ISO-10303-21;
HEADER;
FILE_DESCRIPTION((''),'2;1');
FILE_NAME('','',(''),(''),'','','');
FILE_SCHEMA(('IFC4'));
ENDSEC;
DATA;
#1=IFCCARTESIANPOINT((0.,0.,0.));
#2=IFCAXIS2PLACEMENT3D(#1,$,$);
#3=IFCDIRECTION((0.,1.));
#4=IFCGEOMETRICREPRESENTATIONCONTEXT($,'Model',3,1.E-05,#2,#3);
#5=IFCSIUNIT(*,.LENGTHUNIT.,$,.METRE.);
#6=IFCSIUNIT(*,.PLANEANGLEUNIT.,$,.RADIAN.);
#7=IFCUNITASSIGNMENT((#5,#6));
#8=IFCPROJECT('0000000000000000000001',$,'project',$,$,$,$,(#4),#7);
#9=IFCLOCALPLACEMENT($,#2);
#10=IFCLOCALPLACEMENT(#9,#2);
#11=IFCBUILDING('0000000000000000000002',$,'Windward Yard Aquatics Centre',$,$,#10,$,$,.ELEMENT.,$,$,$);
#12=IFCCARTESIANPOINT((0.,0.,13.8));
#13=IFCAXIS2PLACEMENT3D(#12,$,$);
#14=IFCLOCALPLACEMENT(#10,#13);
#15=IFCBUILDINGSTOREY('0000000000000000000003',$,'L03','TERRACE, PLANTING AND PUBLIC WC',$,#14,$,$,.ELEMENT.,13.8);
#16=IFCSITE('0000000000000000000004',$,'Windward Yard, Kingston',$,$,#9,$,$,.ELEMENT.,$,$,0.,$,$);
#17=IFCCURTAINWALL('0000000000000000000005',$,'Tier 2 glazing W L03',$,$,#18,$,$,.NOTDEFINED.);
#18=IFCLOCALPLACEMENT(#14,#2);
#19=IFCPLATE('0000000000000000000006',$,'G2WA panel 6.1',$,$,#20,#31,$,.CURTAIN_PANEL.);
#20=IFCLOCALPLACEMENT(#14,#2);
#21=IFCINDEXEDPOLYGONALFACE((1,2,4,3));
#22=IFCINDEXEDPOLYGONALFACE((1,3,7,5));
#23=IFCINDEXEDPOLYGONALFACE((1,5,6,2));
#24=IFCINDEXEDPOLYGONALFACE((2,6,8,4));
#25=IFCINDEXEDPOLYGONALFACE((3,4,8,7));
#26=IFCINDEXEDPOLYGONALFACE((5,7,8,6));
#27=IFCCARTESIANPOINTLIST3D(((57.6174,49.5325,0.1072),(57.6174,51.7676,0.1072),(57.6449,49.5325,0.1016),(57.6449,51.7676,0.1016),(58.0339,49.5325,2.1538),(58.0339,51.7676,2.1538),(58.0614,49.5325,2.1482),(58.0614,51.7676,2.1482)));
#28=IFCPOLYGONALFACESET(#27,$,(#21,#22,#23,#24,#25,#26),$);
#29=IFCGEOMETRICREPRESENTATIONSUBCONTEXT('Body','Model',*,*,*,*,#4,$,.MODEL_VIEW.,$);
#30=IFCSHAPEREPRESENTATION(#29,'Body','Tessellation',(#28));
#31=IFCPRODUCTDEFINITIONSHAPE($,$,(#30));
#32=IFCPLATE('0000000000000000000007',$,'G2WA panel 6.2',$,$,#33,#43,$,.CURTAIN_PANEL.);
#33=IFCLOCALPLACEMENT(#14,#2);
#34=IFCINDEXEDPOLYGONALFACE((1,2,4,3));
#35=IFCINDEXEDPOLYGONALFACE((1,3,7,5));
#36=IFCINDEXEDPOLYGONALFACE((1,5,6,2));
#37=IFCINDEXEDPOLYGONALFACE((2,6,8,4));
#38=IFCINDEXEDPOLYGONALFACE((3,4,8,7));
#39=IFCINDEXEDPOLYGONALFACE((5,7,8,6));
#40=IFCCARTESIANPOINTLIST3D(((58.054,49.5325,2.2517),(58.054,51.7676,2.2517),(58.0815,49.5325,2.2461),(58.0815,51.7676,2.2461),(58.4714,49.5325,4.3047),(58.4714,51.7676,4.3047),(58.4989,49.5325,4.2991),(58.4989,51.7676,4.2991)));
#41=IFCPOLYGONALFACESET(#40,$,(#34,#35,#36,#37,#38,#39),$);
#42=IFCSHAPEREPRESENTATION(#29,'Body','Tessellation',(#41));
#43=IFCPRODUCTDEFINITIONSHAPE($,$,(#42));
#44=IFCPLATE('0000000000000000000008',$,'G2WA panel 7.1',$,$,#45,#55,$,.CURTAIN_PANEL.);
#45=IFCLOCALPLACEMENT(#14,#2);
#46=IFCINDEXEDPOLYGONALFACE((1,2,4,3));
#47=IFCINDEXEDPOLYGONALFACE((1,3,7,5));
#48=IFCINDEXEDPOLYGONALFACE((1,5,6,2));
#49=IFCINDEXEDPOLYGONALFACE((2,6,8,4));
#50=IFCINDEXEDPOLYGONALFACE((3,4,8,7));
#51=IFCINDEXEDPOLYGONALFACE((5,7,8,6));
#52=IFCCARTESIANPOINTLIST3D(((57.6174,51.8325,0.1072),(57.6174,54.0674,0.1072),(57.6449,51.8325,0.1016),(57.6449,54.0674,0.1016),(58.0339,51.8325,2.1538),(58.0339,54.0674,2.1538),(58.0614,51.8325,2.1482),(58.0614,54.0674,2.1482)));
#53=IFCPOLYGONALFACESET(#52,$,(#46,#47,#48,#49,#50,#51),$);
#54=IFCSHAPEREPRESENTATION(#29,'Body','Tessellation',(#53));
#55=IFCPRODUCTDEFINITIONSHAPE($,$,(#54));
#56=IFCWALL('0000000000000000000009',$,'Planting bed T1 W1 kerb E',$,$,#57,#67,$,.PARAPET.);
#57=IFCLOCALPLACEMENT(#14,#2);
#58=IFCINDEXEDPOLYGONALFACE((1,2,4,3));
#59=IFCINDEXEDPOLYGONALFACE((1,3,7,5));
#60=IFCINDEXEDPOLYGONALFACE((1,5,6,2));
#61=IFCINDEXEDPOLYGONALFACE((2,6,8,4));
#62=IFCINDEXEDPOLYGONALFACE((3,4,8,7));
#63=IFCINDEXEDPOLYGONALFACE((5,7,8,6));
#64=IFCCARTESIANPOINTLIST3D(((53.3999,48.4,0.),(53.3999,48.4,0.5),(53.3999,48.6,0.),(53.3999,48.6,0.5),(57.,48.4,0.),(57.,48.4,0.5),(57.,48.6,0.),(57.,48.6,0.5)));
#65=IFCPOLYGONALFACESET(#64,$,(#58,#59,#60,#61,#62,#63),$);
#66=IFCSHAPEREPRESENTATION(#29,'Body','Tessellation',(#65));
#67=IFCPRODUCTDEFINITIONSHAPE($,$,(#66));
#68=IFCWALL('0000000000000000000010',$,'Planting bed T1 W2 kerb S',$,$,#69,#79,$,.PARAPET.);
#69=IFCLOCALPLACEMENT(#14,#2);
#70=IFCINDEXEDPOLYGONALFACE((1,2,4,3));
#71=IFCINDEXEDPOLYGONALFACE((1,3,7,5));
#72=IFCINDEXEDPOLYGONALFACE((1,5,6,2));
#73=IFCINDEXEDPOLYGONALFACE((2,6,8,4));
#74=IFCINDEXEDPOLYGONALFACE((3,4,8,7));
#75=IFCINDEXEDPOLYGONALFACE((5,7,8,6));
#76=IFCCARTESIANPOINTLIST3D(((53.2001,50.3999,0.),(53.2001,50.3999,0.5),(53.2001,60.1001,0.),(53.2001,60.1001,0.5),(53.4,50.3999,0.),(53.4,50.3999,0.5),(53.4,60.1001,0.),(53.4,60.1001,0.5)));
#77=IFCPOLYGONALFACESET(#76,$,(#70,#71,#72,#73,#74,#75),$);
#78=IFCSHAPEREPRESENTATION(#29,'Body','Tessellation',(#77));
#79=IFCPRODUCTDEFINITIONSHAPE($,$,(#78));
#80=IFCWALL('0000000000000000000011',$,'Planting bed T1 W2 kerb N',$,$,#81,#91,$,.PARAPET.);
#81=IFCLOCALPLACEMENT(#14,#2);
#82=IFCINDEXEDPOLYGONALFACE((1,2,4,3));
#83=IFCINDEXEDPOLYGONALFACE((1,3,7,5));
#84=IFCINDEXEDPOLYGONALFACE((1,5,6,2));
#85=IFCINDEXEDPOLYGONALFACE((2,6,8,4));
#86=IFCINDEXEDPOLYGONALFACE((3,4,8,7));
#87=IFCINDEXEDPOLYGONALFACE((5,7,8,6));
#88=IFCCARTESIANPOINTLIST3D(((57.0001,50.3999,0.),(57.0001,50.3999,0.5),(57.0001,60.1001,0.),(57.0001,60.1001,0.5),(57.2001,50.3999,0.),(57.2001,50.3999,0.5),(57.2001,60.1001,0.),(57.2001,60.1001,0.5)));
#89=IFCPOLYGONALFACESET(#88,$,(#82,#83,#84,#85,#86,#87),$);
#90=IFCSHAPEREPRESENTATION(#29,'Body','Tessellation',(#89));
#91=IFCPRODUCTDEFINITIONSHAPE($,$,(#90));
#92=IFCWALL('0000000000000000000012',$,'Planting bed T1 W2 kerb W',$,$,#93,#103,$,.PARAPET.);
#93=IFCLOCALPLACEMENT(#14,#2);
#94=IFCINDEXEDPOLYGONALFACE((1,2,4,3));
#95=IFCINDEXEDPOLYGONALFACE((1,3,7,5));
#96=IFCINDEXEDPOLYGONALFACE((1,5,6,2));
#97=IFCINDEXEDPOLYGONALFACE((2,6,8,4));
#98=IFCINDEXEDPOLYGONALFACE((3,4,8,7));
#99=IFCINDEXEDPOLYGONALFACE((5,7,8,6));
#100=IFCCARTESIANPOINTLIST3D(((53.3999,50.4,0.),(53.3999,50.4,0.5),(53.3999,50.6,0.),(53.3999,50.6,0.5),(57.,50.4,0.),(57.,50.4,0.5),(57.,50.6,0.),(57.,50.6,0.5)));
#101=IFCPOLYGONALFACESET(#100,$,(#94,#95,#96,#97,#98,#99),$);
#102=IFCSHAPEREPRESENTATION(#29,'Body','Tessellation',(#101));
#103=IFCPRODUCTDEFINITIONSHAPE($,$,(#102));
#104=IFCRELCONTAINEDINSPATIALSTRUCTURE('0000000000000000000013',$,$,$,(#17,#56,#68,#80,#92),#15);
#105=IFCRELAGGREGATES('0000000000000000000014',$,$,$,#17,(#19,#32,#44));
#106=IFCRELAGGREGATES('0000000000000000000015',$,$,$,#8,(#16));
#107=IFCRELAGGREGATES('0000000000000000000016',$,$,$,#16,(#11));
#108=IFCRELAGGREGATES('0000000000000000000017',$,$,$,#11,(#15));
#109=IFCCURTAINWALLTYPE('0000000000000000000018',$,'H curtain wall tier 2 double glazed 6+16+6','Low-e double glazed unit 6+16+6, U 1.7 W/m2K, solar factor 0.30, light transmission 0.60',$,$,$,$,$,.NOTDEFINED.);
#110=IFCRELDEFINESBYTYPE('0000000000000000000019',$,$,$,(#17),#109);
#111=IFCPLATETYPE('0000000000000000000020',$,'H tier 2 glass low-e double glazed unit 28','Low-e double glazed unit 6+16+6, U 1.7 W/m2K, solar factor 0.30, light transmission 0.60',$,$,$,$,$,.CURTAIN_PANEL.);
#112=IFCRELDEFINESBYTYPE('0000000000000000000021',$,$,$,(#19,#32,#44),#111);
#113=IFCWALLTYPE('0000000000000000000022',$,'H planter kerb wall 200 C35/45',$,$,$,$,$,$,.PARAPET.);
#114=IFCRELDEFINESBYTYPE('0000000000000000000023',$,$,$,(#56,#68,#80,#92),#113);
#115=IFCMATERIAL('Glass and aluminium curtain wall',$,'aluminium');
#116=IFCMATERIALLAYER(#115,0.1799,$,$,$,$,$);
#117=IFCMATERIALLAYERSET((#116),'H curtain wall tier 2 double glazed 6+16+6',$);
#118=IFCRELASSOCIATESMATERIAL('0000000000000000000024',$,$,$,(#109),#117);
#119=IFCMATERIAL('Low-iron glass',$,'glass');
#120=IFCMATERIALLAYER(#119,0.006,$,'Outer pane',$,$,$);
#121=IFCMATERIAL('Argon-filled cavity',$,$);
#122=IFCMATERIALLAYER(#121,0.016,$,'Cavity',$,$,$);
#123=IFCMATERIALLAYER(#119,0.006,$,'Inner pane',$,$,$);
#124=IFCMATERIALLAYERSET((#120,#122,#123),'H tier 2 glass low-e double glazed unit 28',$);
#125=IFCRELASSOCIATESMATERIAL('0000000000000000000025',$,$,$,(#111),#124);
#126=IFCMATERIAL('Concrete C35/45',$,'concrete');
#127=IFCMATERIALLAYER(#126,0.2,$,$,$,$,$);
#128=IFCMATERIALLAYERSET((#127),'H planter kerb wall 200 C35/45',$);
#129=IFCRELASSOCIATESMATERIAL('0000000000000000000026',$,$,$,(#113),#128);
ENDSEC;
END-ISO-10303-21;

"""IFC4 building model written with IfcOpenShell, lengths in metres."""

from ifc_helpers import new_model, si_unit, direction, frame, frame_2d, origin, place, context, subcontext, project, spatial, polyline, rectangle, outline, extrude, material, layer, layer_set, type_object, element, aggregate, save


model = new_model("IFC4")

# Units and contexts
model_context = context("Model", 3, precision=1e-05, world=origin(), true_north=direction((0.0, 1.0)))
body_context = subcontext(model_context, "Body", "Model", "MODEL_VIEW")
ifc_project = project(units=[si_unit("LENGTHUNIT", "METRE"), si_unit("PLANEANGLEUNIT", "RADIAN")], contexts=[model_context])

# Site, building, storey
site_placement = place(None, origin())
site = spatial("IfcSite", under=ifc_project, at=site_placement, Name="Windward Yard, Kingston", CompositionType="ELEMENT", RefElevation=0.0)
building_placement = place(site_placement, origin())
building = spatial("IfcBuilding", under=site, at=building_placement, Name="Windward Yard Aquatics Centre", CompositionType="ELEMENT")
storey_placement = place(building_placement, frame((0.0, 0.0, 13.8)))
storey = spatial("IfcBuildingStorey", under=building, at=storey_placement, Name="L03", Description="TERRACE, PLANTING AND PUBLIC WC", CompositionType="ELEMENT", Elevation=13.8)

# Curtain wall
ifc_material_1 = material(Name="Glass and aluminium curtain wall", Category="aluminium")
ifc_layer_1 = layer(ifc_material_1, 0.1799)
ifc_layer_set_1 = layer_set([ifc_layer_1], Name="H curtain wall tier 2 double glazed 6+16+6")
curtain_wall_type = type_object("IfcCurtainWallType", Name="H curtain wall tier 2 double glazed 6+16+6", Description="Low-e double glazed unit 6+16+6, U 1.7 W/m2K, solar factor 0.30, light transmission 0.60", PredefinedType="NOTDEFINED", material=ifc_layer_set_1)
curtain_wall_placement = place(storey_placement, origin())
curtain_wall = element("IfcCurtainWall", 1, at=curtain_wall_placement, inside=storey, type_object=curtain_wall_type, Name="Tier 2 glazing W L03", PredefinedType="NOTDEFINED")

# Plates
ifc_material_2 = material(Name="Low-iron glass", Category="glass")
ifc_layer_2 = layer(ifc_material_2, 0.006, Name="Outer pane")
ifc_material_3 = material(Name="Argon-filled cavity")
ifc_layer_3 = layer(ifc_material_3, 0.016, Name="Cavity")
ifc_layer_4 = layer(ifc_material_2, 0.006, Name="Inner pane")
ifc_layer_set_2 = layer_set([ifc_layer_2, ifc_layer_3, ifc_layer_4], Name="H tier 2 glass low-e double glazed unit 28")
plate_type = type_object("IfcPlateType", Name="H tier 2 glass low-e double glazed unit 28", Description="Low-e double glazed unit 6+16+6, U 1.7 W/m2K, solar factor 0.30, light transmission 0.60", PredefinedType="CURTAIN_PANEL", material=ifc_layer_set_2)
plate_1_placement = place(storey_placement, frame((57.6174, 49.5325, 0.1072), z_axis=(-0.979914, 0.0, 0.199419), x_axis=(0.0, 1.0, 0.0)))
plate_1 = element("IfcPlate", 2, at=plate_1_placement, type_object=plate_type, Name="G2WA panel 6.1", PredefinedType="CURTAIN_PANEL", context=body_context, shape_type="SweptSolid", body=[
    extrude(outline(polyline([(0.0, 0.0), (2.2351, 0.0), (2.2351, -2.0886), (0.0, -2.0886), (0.0, 0.0)])), origin(), (0.0, 0.0, -1.0), 0.0281),
])
plate_2_placement = place(storey_placement, frame((58.054, 49.5325, 2.2517), z_axis=(-0.979944, 0.0, 0.199275), x_axis=(0.0, 1.0, 0.0)))
plate_2 = element("IfcPlate", 3, at=plate_2_placement, type_object=plate_type, Name="G2WA panel 6.2", PredefinedType="CURTAIN_PANEL", context=body_context, shape_type="SweptSolid", body=[
    extrude(outline(polyline([(0.0, 0.0), (2.2351, 0.0), (2.2351, -2.095), (0.0, -2.095), (0.0, 0.0)])), origin(), (0.0, 0.0, -1.0), 0.0281),
])
plate_3_placement = place(storey_placement, frame((57.6174, 51.8325, 0.1072), z_axis=(-0.979914, 0.0, 0.199419), x_axis=(0.0, 1.0, 0.0)))
plate_3 = element("IfcPlate", 4, at=plate_3_placement, type_object=plate_type, Name="G2WA panel 7.1", PredefinedType="CURTAIN_PANEL", context=body_context, shape_type="SweptSolid", body=[
    extrude(outline(polyline([(0.0, 0.0), (2.2349, 0.0), (2.2349, -2.0886), (0.0, -2.0886), (0.0, 0.0)])), origin(), (0.0, 0.0, -1.0), 0.0281),
])
aggregate(curtain_wall, [plate_1, plate_2, plate_3])

# Walls
ifc_material_4 = material(Name="Concrete C35/45", Category="concrete")
ifc_layer_5 = layer(ifc_material_4, 0.2)
ifc_layer_set_3 = layer_set([ifc_layer_5], Name="H planter kerb wall 200 C35/45")
wall_type = type_object("IfcWallType", Name="H planter kerb wall 200 C35/45", PredefinedType="PARAPET", material=ifc_layer_set_3)
wall_1_placement = place(storey_placement, frame((53.3999, 48.5, 0.0), z_axis=(0.0, 0.0, 1.0), x_axis=(1.0, 0.0, 0.0)))
element("IfcWall", 5, at=wall_1_placement, inside=storey, type_object=wall_type, Name="Planting bed T1 W1 kerb E", PredefinedType="PARAPET", context=body_context, shape_type="SweptSolid", body=[
    extrude(rectangle(XDim=3.6001, YDim=0.2, at=frame_2d((1.8, 0.0))), origin(), (0.0, 0.0, 1.0), 0.5),
])
for number, where, z_axis, x_axis, name in (
    (6, (53.3, 50.3999, 0.0), (0.0, 0.0, 1.0), (0.0, 1.0, 0.0), "Planting bed T1 W2 kerb S"),
    (7, (57.1001, 50.3999, 0.0), (0.0, 0.0, 1.0), (0.0, 1.0, 0.0), "Planting bed T1 W2 kerb N"),
):
    element("IfcWall", number, at=place(storey_placement, frame(where, z_axis=z_axis, x_axis=x_axis)), inside=storey, type_object=wall_type, Name=name, PredefinedType="PARAPET", context=body_context, shape_type="SweptSolid", body=[
        extrude(rectangle(XDim=9.7002, YDim=0.2, at=frame_2d((4.8501, 0.0))), origin(), (0.0, 0.0, 1.0), 0.5),
    ])
wall_2_placement = place(storey_placement, frame((53.3999, 50.5, 0.0), z_axis=(0.0, 0.0, 1.0), x_axis=(1.0, 0.0, 0.0)))
element("IfcWall", 8, at=wall_2_placement, inside=storey, type_object=wall_type, Name="Planting bed T1 W2 kerb W", PredefinedType="PARAPET", context=body_context, shape_type="SweptSolid", body=[
    extrude(rectangle(XDim=3.6001, YDim=0.2, at=frame_2d((1.8, 0.0))), origin(), (0.0, 0.0, 1.0), 0.5),
])

save(model, "model.ifc")
